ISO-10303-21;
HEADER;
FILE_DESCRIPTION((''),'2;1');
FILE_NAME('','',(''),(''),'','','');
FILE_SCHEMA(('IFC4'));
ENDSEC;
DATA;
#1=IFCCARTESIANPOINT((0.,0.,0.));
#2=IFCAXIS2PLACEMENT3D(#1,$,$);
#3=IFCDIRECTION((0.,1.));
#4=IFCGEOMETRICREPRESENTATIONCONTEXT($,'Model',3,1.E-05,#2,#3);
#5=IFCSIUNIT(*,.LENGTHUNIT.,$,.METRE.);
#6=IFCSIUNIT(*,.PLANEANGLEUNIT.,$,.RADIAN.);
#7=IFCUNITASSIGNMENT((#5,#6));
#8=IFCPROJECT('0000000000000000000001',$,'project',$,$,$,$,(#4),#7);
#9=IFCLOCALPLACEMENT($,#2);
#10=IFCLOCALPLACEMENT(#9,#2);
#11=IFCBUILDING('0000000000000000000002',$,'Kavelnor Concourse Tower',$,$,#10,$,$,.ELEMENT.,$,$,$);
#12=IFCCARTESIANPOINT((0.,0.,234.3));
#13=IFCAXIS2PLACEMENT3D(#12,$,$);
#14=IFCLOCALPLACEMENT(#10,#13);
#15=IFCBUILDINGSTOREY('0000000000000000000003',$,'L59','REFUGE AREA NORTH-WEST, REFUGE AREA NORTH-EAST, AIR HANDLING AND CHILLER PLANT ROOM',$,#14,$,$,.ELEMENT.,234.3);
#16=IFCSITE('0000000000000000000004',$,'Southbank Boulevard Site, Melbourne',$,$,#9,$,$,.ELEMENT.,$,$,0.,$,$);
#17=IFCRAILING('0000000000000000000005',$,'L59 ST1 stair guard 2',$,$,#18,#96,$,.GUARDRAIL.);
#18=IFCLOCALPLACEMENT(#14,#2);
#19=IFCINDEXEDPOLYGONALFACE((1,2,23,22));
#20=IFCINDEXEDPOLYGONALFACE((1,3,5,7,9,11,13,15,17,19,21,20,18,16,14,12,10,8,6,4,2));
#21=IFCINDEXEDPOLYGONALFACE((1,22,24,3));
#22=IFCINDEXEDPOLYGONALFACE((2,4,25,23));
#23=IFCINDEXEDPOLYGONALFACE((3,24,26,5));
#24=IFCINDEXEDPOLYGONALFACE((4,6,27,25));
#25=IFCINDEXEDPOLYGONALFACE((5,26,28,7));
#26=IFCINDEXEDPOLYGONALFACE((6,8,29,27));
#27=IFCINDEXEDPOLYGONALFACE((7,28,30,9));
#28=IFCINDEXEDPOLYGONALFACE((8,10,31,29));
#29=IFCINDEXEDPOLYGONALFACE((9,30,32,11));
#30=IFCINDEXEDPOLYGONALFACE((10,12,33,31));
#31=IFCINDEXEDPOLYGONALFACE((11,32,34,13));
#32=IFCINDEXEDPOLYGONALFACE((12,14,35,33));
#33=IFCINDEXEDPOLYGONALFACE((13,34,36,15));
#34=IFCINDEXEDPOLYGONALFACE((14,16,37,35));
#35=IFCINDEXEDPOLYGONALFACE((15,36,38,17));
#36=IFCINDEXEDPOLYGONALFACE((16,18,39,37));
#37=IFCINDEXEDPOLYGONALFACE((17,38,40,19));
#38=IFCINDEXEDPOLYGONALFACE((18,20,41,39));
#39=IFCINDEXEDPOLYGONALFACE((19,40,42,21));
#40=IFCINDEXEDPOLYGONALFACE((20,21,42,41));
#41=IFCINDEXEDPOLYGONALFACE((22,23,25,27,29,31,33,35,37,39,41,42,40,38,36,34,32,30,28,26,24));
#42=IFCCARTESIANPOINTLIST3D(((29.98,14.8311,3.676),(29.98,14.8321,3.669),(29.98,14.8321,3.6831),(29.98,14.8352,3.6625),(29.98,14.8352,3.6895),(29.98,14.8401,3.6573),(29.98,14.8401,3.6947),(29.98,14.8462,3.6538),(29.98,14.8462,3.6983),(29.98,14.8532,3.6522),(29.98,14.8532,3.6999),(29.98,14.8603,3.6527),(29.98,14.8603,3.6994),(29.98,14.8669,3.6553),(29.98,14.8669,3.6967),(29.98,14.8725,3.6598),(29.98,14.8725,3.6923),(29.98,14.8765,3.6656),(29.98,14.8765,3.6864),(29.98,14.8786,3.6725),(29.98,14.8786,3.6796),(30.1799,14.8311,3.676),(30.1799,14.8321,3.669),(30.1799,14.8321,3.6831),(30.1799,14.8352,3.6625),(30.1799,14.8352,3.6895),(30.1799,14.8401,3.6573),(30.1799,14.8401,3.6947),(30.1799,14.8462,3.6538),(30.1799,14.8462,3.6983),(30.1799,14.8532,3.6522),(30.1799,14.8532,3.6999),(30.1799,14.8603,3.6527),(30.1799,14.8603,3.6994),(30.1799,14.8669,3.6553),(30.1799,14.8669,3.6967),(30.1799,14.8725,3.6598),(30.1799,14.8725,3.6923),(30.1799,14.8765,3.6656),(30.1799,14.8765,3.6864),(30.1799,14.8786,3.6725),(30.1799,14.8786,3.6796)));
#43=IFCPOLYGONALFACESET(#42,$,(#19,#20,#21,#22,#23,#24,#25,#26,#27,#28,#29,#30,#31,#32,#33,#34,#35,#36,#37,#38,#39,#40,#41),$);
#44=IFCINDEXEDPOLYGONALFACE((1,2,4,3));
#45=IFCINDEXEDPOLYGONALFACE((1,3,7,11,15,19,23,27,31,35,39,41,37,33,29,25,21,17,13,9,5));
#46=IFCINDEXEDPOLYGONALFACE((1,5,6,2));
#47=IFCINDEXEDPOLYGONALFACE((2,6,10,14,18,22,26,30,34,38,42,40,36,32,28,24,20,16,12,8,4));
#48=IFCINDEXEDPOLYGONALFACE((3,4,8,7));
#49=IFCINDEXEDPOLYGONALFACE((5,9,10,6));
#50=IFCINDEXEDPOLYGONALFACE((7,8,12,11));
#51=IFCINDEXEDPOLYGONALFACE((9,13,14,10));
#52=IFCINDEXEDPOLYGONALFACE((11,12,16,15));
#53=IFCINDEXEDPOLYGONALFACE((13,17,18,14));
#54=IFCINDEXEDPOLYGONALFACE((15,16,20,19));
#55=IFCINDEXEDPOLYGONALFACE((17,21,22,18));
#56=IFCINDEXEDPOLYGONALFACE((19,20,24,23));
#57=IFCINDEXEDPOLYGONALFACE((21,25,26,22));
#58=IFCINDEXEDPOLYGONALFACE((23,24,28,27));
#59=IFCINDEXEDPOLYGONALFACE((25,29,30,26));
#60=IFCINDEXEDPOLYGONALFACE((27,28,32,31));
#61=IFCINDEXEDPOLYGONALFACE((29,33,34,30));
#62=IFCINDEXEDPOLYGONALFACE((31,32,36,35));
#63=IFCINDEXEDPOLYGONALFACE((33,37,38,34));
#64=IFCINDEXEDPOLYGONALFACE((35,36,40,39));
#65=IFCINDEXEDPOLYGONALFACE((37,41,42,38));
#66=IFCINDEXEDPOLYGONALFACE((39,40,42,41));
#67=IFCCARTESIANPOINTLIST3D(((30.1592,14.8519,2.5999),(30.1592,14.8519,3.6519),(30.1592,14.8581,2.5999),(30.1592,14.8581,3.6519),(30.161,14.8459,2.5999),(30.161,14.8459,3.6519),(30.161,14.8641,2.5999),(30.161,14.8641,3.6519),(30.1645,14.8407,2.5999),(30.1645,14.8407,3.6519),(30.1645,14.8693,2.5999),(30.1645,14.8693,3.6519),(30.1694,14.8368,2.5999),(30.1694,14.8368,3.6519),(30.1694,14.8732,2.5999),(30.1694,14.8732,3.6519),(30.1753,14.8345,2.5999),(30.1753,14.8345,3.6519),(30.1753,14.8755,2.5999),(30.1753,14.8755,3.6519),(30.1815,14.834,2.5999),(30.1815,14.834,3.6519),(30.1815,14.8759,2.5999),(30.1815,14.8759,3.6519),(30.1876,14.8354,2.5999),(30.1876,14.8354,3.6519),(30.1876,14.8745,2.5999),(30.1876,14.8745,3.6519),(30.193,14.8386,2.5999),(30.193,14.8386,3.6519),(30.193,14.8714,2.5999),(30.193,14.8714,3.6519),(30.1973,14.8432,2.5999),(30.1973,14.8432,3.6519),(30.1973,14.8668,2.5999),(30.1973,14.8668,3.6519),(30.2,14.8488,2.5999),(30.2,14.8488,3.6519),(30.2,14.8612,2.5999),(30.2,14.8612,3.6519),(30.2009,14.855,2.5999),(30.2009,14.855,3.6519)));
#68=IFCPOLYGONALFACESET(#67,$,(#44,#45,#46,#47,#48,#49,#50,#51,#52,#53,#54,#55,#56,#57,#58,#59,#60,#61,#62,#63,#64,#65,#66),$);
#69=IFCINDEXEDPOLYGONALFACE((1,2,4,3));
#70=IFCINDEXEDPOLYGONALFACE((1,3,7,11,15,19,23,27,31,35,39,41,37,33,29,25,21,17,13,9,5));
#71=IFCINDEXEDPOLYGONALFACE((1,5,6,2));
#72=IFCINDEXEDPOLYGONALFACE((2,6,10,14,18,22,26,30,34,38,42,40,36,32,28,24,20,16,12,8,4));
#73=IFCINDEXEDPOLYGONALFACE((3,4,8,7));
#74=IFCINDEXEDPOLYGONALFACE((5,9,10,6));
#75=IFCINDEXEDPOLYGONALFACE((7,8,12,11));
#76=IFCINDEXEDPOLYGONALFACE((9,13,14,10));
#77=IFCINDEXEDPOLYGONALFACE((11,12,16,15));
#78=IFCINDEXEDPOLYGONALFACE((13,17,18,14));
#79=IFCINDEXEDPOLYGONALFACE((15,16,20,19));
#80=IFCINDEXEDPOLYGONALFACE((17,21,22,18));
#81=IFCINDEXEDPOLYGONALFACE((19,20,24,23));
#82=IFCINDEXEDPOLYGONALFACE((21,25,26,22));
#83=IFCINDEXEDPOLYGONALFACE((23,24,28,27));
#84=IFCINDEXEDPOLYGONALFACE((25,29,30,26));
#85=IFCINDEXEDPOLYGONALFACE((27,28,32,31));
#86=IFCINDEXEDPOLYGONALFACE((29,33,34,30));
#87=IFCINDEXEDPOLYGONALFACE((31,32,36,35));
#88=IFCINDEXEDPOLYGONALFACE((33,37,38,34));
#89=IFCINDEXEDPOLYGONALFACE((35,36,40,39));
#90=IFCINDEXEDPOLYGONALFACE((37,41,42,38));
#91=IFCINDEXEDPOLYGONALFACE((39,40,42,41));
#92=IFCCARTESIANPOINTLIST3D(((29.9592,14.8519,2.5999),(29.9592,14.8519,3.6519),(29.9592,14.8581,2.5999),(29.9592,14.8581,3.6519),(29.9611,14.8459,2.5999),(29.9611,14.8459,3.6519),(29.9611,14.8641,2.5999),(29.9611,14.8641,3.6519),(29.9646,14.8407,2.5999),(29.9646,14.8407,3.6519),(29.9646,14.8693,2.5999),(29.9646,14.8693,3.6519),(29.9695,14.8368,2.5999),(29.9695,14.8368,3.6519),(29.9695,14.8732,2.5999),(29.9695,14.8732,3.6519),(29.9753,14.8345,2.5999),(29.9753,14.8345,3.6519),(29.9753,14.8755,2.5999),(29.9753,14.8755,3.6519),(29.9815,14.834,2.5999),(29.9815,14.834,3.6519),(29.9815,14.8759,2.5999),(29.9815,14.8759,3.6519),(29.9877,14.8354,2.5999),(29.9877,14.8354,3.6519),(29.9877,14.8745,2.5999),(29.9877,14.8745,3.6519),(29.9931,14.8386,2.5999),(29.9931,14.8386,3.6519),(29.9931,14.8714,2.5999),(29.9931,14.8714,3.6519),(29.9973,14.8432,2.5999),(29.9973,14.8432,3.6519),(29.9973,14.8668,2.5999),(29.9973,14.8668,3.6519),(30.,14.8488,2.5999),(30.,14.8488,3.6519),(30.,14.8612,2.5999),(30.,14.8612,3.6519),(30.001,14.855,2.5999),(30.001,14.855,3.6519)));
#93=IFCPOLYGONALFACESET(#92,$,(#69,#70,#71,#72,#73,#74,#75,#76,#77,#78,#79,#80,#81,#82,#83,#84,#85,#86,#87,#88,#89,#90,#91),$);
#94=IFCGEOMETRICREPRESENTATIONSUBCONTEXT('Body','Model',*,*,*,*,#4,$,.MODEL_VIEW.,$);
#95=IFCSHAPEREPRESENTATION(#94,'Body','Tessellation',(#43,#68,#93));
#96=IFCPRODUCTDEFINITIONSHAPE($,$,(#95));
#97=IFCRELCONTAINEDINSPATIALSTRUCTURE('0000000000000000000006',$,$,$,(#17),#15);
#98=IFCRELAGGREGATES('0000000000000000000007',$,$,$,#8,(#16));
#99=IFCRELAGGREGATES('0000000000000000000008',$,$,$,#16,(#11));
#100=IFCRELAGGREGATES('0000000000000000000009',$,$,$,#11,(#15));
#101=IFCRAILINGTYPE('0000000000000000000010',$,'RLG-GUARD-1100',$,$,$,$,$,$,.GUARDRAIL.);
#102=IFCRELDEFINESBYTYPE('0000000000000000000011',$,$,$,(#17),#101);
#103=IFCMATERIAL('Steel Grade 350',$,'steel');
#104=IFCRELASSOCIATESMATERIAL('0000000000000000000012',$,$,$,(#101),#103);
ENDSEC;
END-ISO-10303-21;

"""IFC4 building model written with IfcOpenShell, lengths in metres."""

from ifc_helpers import new_model, si_unit, direction, frame, origin, origin_2d, place, context, subcontext, project, spatial, circle, extrude, material, type_object, element, save


model = new_model("IFC4")

# Units and contexts
model_context = context("Model", 3, precision=1e-05, world=origin(), true_north=direction((0.0, 1.0)))
body_context = subcontext(model_context, "Body", "Model", "MODEL_VIEW")
ifc_project = project(units=[si_unit("LENGTHUNIT", "METRE"), si_unit("PLANEANGLEUNIT", "RADIAN")], contexts=[model_context])

# Site, building, storey
site_placement = place(None, origin())
site = spatial("IfcSite", under=ifc_project, at=site_placement, Name="Southbank Boulevard Site, Melbourne", CompositionType="ELEMENT", RefElevation=0.0)
building_placement = place(site_placement, origin())
building = spatial("IfcBuilding", under=site, at=building_placement, Name="Kavelnor Concourse Tower", CompositionType="ELEMENT")
storey_placement = place(building_placement, frame((0.0, 0.0, 234.3)))
storey = spatial("IfcBuildingStorey", under=building, at=storey_placement, Name="L59", Description="REFUGE AREA NORTH-WEST, REFUGE AREA NORTH-EAST, AIR HANDLING AND CHILLER PLANT ROOM", CompositionType="ELEMENT", Elevation=234.3)

# Shared definitions
ifc_material_1 = material(Name="Steel Grade 350", Category="steel")

# Railing
railing_type_1 = type_object("IfcRailingType", Name="RLG-GUARD-1100", PredefinedType="GUARDRAIL", material=ifc_material_1)
railing_1_placement = place(storey_placement, frame((30.1799, 14.855, 2.5999)))
element("IfcRailing", 1, at=railing_1_placement, inside=storey, type_object=railing_type_1, Name="L59 ST1 stair guard 2", PredefinedType="GUARDRAIL", context=body_context, shape_type="SweptSolid", body=[
    extrude(circle(Radius=0.0239, at=origin_2d()), frame((0.0, 0.0, 1.0762), z_axis=(-1.0, 0.0, 0.0), x_axis=(0.0, -1.0, 0.0)), (0.0, 0.0, 1.0), 0.2),
    extrude(circle(Radius=0.021, at=origin_2d()), origin(), (0.0, 0.0, 1.0), 1.052),
    extrude(circle(Radius=0.021, at=origin_2d()), frame((-0.2, 0.0, 0.0)), (0.0, 0.0, 1.0), 1.052),
])

save(model, "model.ifc")
